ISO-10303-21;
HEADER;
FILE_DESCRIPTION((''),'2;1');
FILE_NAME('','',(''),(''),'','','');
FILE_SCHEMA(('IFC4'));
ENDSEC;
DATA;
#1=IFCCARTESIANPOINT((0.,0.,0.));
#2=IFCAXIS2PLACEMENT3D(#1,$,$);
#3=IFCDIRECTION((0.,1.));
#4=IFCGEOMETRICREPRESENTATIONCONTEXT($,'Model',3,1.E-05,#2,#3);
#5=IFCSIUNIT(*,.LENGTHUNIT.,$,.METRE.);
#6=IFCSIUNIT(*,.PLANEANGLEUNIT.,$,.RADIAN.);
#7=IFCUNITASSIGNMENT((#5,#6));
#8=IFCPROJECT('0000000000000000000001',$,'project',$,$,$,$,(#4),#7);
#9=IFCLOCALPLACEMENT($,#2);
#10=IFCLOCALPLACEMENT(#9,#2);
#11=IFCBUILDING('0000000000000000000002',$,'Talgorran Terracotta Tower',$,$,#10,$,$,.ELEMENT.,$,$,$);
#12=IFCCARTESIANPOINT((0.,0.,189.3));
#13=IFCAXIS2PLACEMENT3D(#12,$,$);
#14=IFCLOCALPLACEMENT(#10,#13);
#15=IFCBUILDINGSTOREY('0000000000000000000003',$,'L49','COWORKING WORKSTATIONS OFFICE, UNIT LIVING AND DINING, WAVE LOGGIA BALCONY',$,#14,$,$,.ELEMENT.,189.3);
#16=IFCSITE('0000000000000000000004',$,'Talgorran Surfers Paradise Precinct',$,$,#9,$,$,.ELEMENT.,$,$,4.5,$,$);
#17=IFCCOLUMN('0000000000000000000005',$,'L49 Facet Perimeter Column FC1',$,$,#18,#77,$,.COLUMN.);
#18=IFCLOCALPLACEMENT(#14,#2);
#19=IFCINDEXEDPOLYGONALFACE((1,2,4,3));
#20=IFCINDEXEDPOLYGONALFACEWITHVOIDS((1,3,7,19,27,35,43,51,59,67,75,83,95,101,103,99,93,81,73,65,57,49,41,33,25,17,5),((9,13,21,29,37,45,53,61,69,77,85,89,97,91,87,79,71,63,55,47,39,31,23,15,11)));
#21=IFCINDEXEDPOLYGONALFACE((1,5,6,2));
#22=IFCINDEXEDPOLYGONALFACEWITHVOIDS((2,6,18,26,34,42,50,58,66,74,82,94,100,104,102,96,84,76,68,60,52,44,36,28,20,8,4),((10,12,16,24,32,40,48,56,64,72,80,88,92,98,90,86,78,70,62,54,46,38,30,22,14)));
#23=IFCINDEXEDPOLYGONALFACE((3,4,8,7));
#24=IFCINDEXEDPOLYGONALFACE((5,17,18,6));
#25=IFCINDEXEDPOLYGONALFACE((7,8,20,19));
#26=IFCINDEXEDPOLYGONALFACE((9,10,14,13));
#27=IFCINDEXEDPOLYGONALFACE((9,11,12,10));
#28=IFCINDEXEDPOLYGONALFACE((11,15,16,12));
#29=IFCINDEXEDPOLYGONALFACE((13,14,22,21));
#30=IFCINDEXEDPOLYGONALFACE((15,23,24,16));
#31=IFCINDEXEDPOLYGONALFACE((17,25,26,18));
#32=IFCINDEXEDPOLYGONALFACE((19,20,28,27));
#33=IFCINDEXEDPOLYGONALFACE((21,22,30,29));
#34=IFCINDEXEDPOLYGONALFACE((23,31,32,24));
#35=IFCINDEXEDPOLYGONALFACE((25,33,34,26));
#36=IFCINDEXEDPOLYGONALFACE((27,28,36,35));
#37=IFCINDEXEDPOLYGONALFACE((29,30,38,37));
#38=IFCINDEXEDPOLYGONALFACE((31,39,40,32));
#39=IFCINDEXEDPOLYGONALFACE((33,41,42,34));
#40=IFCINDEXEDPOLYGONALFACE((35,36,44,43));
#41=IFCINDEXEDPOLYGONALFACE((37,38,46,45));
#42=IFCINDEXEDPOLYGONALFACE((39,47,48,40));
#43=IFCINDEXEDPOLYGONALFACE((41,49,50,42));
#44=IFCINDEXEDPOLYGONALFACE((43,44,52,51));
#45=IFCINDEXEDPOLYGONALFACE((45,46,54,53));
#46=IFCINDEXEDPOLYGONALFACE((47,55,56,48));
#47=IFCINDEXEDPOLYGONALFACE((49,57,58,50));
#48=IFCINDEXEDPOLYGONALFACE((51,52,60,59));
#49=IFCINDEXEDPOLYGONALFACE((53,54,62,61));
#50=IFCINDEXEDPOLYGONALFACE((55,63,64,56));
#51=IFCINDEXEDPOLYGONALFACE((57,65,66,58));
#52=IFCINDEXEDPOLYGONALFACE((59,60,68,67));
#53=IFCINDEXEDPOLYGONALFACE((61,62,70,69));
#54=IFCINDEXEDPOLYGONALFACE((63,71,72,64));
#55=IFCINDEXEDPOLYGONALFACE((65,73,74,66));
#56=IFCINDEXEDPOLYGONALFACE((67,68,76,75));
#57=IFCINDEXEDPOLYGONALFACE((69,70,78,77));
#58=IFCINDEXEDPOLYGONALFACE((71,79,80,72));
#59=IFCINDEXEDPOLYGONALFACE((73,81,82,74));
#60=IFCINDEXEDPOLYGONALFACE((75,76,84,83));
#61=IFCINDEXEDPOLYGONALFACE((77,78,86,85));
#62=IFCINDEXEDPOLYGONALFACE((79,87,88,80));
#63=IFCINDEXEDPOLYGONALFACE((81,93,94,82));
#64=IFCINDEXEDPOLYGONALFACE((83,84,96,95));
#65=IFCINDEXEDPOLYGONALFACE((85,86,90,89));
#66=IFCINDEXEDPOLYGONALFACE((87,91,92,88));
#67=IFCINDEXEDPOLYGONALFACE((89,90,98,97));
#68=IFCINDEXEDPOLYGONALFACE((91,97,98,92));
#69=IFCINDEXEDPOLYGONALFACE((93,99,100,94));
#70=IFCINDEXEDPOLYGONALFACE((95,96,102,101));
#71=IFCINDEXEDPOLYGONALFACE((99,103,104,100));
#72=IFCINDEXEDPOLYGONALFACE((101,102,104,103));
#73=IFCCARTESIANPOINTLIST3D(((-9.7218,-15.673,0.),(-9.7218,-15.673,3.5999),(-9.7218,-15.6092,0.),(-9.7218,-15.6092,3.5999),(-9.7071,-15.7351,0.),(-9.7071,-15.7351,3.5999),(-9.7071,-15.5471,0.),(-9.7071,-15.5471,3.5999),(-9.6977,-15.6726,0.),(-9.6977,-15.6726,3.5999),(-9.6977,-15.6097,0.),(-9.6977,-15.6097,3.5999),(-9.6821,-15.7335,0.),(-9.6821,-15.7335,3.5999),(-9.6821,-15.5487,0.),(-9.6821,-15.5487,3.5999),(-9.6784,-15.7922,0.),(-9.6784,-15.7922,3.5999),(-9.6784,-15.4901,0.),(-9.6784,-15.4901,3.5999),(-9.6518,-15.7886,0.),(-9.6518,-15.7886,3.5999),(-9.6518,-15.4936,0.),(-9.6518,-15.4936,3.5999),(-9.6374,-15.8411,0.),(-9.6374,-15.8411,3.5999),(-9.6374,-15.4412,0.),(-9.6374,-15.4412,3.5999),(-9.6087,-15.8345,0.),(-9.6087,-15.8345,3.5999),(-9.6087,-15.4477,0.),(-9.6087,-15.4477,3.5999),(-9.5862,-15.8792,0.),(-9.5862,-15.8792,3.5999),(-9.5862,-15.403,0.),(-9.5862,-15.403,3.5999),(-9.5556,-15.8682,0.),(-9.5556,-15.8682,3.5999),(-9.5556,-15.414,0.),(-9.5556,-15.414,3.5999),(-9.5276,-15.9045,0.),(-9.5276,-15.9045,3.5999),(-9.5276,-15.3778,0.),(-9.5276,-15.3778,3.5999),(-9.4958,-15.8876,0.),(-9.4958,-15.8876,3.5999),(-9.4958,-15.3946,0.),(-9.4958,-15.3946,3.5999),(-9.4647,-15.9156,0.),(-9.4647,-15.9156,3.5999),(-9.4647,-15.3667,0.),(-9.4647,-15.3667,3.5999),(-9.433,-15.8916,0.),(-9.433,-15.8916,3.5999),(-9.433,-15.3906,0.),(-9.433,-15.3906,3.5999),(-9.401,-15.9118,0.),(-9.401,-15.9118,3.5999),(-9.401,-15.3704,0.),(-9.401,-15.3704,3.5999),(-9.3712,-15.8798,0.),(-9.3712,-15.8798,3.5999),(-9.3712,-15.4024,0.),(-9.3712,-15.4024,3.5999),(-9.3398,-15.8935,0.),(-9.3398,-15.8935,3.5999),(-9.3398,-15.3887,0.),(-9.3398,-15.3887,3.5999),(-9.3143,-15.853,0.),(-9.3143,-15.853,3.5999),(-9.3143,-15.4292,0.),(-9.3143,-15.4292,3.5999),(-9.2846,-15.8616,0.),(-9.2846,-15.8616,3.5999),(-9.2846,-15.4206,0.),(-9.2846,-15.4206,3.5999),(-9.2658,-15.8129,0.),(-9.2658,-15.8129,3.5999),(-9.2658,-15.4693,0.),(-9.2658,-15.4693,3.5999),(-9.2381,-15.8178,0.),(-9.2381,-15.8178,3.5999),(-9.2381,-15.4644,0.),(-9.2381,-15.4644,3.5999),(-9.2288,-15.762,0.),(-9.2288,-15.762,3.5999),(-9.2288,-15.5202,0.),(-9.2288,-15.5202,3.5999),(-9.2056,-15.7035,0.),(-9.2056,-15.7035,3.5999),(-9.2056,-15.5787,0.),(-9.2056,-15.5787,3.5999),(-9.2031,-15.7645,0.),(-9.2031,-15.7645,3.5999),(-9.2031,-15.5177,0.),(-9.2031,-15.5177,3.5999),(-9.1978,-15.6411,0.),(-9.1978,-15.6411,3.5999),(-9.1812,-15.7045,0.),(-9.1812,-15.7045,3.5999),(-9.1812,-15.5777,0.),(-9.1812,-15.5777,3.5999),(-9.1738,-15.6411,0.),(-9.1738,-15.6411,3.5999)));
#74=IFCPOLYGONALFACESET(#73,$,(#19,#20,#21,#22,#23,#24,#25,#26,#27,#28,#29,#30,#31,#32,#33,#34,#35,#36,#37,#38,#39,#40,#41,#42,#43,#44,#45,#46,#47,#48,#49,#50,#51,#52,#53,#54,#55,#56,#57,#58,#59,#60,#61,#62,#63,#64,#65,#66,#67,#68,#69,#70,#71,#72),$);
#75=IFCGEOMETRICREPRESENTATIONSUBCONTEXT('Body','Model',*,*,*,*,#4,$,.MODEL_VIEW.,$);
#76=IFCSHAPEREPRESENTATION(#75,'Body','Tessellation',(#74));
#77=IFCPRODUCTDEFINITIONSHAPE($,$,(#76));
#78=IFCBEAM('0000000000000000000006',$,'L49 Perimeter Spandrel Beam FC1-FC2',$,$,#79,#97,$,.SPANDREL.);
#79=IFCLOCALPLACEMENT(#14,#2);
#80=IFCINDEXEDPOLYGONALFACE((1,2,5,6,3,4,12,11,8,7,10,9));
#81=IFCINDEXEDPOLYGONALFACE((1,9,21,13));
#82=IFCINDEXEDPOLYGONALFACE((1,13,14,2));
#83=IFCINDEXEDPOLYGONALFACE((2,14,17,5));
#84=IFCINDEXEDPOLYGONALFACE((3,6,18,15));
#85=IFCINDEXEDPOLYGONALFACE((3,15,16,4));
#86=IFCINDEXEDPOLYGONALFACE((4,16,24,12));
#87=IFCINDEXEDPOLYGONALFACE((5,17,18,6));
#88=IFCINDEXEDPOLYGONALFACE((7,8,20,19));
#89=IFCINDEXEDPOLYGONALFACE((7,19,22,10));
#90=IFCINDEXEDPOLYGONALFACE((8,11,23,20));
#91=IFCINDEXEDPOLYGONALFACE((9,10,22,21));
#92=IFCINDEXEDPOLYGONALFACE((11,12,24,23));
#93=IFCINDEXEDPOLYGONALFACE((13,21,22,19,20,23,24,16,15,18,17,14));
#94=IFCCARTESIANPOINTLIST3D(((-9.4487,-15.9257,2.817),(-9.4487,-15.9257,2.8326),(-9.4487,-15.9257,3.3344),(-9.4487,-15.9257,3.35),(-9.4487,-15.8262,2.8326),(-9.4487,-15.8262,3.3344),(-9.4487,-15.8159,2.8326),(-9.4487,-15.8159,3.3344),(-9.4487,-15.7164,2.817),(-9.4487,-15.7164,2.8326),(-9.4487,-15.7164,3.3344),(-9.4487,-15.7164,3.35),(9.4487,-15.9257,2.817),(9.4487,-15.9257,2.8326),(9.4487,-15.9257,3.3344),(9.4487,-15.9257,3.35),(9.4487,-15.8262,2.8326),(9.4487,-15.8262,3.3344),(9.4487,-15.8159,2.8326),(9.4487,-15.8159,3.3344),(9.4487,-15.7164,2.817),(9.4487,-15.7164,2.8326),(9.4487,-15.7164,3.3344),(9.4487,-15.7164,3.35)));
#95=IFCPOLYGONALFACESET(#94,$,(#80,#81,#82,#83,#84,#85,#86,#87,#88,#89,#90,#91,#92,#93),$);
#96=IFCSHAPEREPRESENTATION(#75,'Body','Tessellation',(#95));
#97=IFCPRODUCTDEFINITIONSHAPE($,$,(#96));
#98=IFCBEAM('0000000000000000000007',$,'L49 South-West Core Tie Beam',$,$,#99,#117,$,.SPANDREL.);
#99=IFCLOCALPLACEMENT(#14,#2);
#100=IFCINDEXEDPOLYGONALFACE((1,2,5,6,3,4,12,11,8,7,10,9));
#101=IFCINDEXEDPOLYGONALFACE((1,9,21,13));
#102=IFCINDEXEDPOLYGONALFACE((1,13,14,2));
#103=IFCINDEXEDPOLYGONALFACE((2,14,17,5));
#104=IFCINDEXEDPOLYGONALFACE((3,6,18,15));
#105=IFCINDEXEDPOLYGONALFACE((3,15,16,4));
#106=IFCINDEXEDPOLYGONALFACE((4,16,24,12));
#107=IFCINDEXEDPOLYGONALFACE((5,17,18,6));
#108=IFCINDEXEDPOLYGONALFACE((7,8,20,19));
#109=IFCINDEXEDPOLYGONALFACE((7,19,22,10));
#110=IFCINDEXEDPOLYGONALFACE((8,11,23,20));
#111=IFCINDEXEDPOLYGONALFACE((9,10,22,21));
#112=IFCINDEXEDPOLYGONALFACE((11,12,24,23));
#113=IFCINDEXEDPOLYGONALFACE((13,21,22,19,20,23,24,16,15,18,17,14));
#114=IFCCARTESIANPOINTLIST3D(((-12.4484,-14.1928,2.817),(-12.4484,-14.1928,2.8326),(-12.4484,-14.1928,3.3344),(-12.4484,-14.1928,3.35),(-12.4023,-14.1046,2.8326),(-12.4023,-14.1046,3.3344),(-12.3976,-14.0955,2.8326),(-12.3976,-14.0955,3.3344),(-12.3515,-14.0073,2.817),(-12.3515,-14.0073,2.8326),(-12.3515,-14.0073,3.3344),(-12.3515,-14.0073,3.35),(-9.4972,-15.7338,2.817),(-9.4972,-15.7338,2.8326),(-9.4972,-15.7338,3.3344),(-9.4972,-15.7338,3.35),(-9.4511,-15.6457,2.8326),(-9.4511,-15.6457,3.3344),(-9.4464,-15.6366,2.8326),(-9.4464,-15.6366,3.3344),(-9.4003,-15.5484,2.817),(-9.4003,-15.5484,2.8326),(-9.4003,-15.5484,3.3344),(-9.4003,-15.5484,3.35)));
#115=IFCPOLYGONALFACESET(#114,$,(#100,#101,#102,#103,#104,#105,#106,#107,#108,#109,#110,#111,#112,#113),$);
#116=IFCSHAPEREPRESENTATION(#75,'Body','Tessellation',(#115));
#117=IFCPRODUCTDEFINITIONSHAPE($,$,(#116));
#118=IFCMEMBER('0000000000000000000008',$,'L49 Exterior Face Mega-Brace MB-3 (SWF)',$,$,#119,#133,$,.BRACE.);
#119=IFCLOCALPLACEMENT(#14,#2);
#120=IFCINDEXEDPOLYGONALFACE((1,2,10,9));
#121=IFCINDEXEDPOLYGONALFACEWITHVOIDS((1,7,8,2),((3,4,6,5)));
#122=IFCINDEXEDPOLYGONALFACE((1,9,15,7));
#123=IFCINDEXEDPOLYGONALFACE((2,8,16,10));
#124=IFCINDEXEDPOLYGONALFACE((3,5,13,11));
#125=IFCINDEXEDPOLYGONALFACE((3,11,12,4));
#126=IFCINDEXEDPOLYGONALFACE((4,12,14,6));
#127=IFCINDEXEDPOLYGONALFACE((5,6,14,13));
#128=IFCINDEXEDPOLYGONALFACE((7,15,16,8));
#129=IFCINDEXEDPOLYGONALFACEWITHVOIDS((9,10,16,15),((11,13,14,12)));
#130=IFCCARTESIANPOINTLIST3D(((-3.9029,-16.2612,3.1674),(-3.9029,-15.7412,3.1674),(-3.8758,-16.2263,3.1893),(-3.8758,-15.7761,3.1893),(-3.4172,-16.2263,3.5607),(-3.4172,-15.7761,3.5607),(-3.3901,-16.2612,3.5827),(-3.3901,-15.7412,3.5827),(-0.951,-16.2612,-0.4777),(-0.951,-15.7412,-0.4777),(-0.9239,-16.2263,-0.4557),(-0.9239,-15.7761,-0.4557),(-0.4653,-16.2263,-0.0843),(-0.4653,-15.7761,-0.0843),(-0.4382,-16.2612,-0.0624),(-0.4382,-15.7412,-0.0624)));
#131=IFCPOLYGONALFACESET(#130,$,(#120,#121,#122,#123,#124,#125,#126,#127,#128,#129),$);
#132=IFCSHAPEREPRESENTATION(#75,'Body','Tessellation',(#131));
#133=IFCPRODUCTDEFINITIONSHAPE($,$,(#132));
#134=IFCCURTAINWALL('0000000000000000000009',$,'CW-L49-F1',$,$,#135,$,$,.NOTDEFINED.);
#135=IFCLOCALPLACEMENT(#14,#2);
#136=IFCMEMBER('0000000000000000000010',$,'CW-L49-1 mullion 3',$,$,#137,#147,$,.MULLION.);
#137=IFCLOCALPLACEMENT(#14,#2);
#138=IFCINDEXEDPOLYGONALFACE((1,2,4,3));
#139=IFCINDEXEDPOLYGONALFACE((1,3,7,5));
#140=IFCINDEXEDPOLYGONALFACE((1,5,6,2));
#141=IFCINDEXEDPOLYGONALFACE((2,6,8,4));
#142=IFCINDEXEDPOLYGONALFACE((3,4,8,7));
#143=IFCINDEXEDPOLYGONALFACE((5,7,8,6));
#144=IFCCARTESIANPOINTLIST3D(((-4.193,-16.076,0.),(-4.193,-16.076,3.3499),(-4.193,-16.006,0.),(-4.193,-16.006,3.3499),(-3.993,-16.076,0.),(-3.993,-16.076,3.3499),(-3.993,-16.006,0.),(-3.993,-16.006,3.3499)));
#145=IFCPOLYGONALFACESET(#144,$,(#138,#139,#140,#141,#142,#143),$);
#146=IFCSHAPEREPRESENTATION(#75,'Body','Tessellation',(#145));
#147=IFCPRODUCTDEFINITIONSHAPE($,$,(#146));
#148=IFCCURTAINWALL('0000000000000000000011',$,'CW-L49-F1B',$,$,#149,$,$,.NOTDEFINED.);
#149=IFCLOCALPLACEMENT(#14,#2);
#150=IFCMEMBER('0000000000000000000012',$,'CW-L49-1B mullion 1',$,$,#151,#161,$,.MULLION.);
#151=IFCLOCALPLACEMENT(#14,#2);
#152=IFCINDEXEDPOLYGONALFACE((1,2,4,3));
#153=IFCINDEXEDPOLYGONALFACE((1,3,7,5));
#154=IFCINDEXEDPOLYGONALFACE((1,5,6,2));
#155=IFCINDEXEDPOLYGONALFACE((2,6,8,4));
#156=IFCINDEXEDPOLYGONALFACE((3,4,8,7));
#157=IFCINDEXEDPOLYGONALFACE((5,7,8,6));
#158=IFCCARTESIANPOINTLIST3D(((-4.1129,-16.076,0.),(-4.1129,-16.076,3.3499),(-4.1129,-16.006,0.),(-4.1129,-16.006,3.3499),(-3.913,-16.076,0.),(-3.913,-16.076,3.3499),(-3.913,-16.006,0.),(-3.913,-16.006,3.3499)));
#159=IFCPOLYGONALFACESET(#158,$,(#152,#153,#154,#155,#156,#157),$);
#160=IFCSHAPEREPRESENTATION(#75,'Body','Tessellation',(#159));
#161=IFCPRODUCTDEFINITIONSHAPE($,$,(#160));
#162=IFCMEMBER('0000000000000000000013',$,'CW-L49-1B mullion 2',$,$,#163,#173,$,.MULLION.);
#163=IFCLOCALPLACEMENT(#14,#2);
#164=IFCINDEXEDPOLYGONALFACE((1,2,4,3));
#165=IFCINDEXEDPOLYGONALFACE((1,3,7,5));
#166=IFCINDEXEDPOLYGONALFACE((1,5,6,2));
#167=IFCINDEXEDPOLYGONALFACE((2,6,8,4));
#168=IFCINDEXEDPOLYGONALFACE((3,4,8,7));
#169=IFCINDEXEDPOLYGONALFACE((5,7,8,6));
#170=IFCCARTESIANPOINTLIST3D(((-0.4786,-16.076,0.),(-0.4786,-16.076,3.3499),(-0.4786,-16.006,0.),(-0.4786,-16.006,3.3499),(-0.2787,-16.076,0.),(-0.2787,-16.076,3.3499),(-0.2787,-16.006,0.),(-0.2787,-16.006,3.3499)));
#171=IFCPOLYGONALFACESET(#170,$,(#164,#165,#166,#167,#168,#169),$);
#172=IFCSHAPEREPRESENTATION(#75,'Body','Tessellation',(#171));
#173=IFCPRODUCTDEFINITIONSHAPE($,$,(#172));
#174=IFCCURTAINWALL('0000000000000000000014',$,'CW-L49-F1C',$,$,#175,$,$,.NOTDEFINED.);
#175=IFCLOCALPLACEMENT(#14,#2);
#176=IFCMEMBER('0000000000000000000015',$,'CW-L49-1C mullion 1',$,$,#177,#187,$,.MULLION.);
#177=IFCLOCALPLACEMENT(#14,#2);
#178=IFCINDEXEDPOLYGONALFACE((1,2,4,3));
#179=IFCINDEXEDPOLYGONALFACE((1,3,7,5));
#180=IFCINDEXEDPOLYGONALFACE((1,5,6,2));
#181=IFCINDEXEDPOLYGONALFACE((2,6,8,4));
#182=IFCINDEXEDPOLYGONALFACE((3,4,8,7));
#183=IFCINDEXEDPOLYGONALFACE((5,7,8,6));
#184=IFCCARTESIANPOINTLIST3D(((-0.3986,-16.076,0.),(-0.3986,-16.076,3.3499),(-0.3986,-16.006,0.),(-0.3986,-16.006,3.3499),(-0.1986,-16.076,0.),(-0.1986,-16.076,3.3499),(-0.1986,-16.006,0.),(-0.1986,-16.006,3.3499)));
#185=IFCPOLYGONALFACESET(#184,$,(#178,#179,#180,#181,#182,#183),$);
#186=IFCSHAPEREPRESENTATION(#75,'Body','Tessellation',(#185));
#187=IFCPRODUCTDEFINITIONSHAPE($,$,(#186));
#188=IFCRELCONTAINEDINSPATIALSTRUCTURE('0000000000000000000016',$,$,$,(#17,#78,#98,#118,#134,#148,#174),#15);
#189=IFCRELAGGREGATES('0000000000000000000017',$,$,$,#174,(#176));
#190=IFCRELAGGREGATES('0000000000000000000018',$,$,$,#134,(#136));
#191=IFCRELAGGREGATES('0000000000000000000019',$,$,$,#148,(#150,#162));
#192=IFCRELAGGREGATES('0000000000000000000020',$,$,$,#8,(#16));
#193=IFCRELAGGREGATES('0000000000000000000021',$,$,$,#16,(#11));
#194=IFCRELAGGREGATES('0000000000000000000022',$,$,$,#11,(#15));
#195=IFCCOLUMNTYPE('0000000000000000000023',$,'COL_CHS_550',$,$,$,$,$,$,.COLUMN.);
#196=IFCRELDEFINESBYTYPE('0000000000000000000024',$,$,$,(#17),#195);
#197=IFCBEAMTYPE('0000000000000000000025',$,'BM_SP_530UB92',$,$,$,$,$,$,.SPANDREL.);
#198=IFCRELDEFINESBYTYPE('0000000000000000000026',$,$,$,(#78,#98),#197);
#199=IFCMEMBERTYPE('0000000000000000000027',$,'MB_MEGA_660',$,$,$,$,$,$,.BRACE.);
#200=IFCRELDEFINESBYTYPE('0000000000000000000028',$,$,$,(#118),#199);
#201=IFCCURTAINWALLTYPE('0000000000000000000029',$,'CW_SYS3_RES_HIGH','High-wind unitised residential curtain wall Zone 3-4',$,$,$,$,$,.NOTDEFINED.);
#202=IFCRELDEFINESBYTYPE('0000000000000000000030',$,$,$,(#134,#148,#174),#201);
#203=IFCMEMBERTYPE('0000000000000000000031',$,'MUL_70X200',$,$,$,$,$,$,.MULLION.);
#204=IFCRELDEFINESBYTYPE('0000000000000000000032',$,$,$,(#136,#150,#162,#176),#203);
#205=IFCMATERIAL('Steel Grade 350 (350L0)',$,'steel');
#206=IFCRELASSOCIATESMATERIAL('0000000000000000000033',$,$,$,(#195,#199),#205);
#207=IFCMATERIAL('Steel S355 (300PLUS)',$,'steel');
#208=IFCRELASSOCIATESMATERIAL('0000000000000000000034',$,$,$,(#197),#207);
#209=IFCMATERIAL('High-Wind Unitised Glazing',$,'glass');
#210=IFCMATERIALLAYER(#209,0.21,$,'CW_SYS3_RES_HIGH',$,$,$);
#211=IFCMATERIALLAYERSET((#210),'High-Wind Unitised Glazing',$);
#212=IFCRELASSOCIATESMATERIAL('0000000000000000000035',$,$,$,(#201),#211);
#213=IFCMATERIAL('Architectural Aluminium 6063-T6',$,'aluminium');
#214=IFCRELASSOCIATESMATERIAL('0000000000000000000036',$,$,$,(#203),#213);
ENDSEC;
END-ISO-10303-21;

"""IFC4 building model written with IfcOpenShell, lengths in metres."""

from ifc_helpers import new_model, si_unit, direction, frame, origin, origin_2d, place, context, subcontext, project, spatial, rectangle, hollow_rectangle, hollow_circle, i_section, extrude, material, layer, layer_set, material_profile, profile_set, type_object, element, aggregate, save


model = new_model("IFC4")

# Units and contexts
model_context = context("Model", 3, precision=1e-05, world=origin(), true_north=direction((0.0, 1.0)))
body_context = subcontext(model_context, "Body", "Model", "MODEL_VIEW")
ifc_project = project(units=[si_unit("LENGTHUNIT", "METRE"), si_unit("PLANEANGLEUNIT", "RADIAN")], contexts=[model_context])

# Site, building, storey
site_placement = place(None, origin())
site = spatial("IfcSite", under=ifc_project, at=site_placement, Name="Talgorran Surfers Paradise Precinct", CompositionType="ELEMENT", RefElevation=4.5)
building_placement = place(site_placement, origin())
building = spatial("IfcBuilding", under=site, at=building_placement, Name="Talgorran Terracotta Tower", CompositionType="ELEMENT")
storey_placement = place(building_placement, frame((0.0, 0.0, 189.3)))
storey = spatial("IfcBuildingStorey", under=building, at=storey_placement, Name="L49", Description="COWORKING WORKSTATIONS OFFICE, UNIT LIVING AND DINING, WAVE LOGGIA BALCONY", CompositionType="ELEMENT", Elevation=189.3)

# Column
ifc_material_1 = material(Name="Steel Grade 350 (350L0)", Category="steel")
ifc_material_profile_1 = material_profile(ifc_material_1, hollow_circle(Radius=0.2749, WallThickness=0.0239, at=origin_2d()), Name="CHS550X24")
ifc_profile_set_1 = profile_set([ifc_material_profile_1], Name="Steel Grade 350 (350L0)")
column_type = type_object("IfcColumnType", Name="COL_CHS_550", PredefinedType="COLUMN", material=ifc_profile_set_1)
column_placement = place(storey_placement, frame((-9.4487, -15.6411, 0.0), z_axis=(0.0, 0.0, 1.0), x_axis=(1.0, 0.0, 0.0)))
element("IfcColumn", 1, at=column_placement, inside=storey, type_object=column_type, Name="L49 Facet Perimeter Column FC1", PredefinedType="COLUMN", context=body_context, shape_type="SweptSolid", body=[
    extrude(hollow_circle(Radius=0.2749, WallThickness=0.0239, at=origin_2d()), origin(), (0.0, 0.0, 1.0), 3.5999),
])

# Beams
ifc_material_2 = material(Name="Steel S355 (300PLUS)", Category="steel")
ifc_material_profile_2 = material_profile(ifc_material_2, i_section(OverallWidth=0.2092, OverallDepth=0.533, WebThickness=0.0103, FlangeThickness=0.0156, at=origin_2d()), Name="530UB92.4")
ifc_profile_set_2 = profile_set([ifc_material_profile_2], Name="Steel S355 (300PLUS)")
beam_type = type_object("IfcBeamType", Name="BM_SP_530UB92", PredefinedType="SPANDREL", material=ifc_profile_set_2)
beam_1_placement = place(storey_placement, frame((-9.4487, -15.821, 3.0835), z_axis=(1.0, 0.0, 0.0), x_axis=(0.0, 1.0, 0.0)))
element("IfcBeam", 2, at=beam_1_placement, inside=storey, type_object=beam_type, Name="L49 Perimeter Spandrel Beam FC1-FC2", PredefinedType="SPANDREL", context=body_context, shape_type="SweptSolid", body=[
    extrude(i_section(OverallWidth=0.2092, OverallDepth=0.533, WebThickness=0.0103, FlangeThickness=0.0156, at=origin_2d()), origin(), (0.0, 0.0, 1.0), 18.8975),
])
beam_2_placement = place(storey_placement, frame((-9.4487, -15.6411, 3.0835), z_axis=(-0.886428, 0.462867, 0.0), x_axis=(-0.462867, -0.886428, 0.0)))
element("IfcBeam", 3, at=beam_2_placement, inside=storey, type_object=beam_type, Name="L49 South-West Core Tie Beam", PredefinedType="SPANDREL", context=body_context, shape_type="SweptSolid", body=[
    extrude(i_section(OverallWidth=0.2092, OverallDepth=0.533, WebThickness=0.0103, FlangeThickness=0.0156, at=origin_2d()), origin(), (0.0, 0.0, 1.0), 3.3293),
])

# Member
ifc_material_profile_3 = material_profile(ifc_material_1, hollow_rectangle(XDim=0.52, YDim=0.6599, WallThickness=0.0349, at=origin_2d()), Name="WBOX660X520X35")
ifc_profile_set_3 = profile_set([ifc_material_profile_3], Name="Steel Grade 350 (350L0)")
member_type_1 = type_object("IfcMemberType", Name="MB_MEGA_660", PredefinedType="BRACE", material=ifc_profile_set_3)
member_1_placement = place(storey_placement, frame((-0.6946, -16.0012, -0.27), z_axis=(-0.629349, 0.0, 0.777122), x_axis=(0.0, -1.0, 0.0)))
element("IfcMember", 4, at=member_1_placement, inside=storey, type_object=member_type_1, Name="L49 Exterior Face Mega-Brace MB-3 (SWF)", PredefinedType="BRACE", context=body_context, shape_type="SweptSolid", body=[
    extrude(hollow_rectangle(XDim=0.52, YDim=0.6599, WallThickness=0.0349, at=origin_2d()), origin(), (0.0, 0.0, 1.0), 4.6904),
])

# Curtain wall, member
ifc_material_3 = material(Name="High-Wind Unitised Glazing", Category="glass")
ifc_layer_1 = layer(ifc_material_3, 0.21, Name="CW_SYS3_RES_HIGH")
ifc_layer_set_1 = layer_set([ifc_layer_1], Name="High-Wind Unitised Glazing")
curtain_wall_type = type_object("IfcCurtainWallType", Name="CW_SYS3_RES_HIGH", Description="High-wind unitised residential curtain wall Zone 3-4", PredefinedType="NOTDEFINED", material=ifc_layer_set_1)
curtain_wall_1_placement = place(storey_placement, origin())
curtain_wall_1 = element("IfcCurtainWall", 5, at=curtain_wall_1_placement, inside=storey, type_object=curtain_wall_type, Name="CW-L49-F1", PredefinedType="NOTDEFINED")
ifc_material_4 = material(Name="Architectural Aluminium 6063-T6", Category="aluminium")
ifc_material_profile_4 = material_profile(ifc_material_4, rectangle(XDim=0.0701, YDim=0.2, at=origin_2d()), Name="CWM70X200")
ifc_profile_set_4 = profile_set([ifc_material_profile_4], Name="Architectural Aluminium 6063-T6")
member_type_2 = type_object("IfcMemberType", Name="MUL_70X200", PredefinedType="MULLION", material=ifc_profile_set_4)
member_2_placement = place(storey_placement, frame((-4.093, -16.041, 0.0), z_axis=(0.0, 0.0, 1.0), x_axis=(0.0, 1.0, 0.0)))
member_2 = element("IfcMember", 6, at=member_2_placement, type_object=member_type_2, Name="CW-L49-1 mullion 3", PredefinedType="MULLION", context=body_context, shape_type="SweptSolid", body=[
    extrude(rectangle(XDim=0.0701, YDim=0.2, at=origin_2d()), origin(), (0.0, 0.0, 1.0), 3.3499),
])

# Curtain wall, members
curtain_wall_2_placement = place(storey_placement, origin())
curtain_wall_2 = element("IfcCurtainWall", 7, at=curtain_wall_2_placement, inside=storey, type_object=curtain_wall_type, Name="CW-L49-F1B", PredefinedType="NOTDEFINED")
member_3_placement = place(storey_placement, frame((-4.0129, -16.041, 0.0), z_axis=(0.0, 0.0, 1.0), x_axis=(0.0, 1.0, 0.0)))
member_3 = element("IfcMember", 8, at=member_3_placement, type_object=member_type_2, Name="CW-L49-1B mullion 1", PredefinedType="MULLION", context=body_context, shape_type="SweptSolid", body=[
    extrude(rectangle(XDim=0.0701, YDim=0.2, at=origin_2d()), origin(), (0.0, 0.0, 1.0), 3.3499),
])
member_4_placement = place(storey_placement, frame((-0.3787, -16.041, 0.0), z_axis=(0.0, 0.0, 1.0), x_axis=(0.0, 1.0, 0.0)))
member_4 = element("IfcMember", 9, at=member_4_placement, type_object=member_type_2, Name="CW-L49-1B mullion 2", PredefinedType="MULLION", context=body_context, shape_type="SweptSolid", body=[
    extrude(rectangle(XDim=0.0701, YDim=0.2, at=origin_2d()), origin(), (0.0, 0.0, 1.0), 3.3499),
])

# Curtain wall, member
curtain_wall_3_placement = place(storey_placement, origin())
curtain_wall_3 = element("IfcCurtainWall", 10, at=curtain_wall_3_placement, inside=storey, type_object=curtain_wall_type, Name="CW-L49-F1C", PredefinedType="NOTDEFINED")
member_5_placement = place(storey_placement, frame((-0.2986, -16.041, 0.0), z_axis=(0.0, 0.0, 1.0), x_axis=(0.0, 1.0, 0.0)))
member_5 = element("IfcMember", 11, at=member_5_placement, type_object=member_type_2, Name="CW-L49-1C mullion 1", PredefinedType="MULLION", context=body_context, shape_type="SweptSolid", body=[
    extrude(rectangle(XDim=0.0701, YDim=0.2, at=origin_2d()), origin(), (0.0, 0.0, 1.0), 3.3499),
])

aggregate(curtain_wall_3, [member_5])

aggregate(curtain_wall_1, [member_2])
aggregate(curtain_wall_2, [member_3, member_4])

save(model, "model.ifc")
